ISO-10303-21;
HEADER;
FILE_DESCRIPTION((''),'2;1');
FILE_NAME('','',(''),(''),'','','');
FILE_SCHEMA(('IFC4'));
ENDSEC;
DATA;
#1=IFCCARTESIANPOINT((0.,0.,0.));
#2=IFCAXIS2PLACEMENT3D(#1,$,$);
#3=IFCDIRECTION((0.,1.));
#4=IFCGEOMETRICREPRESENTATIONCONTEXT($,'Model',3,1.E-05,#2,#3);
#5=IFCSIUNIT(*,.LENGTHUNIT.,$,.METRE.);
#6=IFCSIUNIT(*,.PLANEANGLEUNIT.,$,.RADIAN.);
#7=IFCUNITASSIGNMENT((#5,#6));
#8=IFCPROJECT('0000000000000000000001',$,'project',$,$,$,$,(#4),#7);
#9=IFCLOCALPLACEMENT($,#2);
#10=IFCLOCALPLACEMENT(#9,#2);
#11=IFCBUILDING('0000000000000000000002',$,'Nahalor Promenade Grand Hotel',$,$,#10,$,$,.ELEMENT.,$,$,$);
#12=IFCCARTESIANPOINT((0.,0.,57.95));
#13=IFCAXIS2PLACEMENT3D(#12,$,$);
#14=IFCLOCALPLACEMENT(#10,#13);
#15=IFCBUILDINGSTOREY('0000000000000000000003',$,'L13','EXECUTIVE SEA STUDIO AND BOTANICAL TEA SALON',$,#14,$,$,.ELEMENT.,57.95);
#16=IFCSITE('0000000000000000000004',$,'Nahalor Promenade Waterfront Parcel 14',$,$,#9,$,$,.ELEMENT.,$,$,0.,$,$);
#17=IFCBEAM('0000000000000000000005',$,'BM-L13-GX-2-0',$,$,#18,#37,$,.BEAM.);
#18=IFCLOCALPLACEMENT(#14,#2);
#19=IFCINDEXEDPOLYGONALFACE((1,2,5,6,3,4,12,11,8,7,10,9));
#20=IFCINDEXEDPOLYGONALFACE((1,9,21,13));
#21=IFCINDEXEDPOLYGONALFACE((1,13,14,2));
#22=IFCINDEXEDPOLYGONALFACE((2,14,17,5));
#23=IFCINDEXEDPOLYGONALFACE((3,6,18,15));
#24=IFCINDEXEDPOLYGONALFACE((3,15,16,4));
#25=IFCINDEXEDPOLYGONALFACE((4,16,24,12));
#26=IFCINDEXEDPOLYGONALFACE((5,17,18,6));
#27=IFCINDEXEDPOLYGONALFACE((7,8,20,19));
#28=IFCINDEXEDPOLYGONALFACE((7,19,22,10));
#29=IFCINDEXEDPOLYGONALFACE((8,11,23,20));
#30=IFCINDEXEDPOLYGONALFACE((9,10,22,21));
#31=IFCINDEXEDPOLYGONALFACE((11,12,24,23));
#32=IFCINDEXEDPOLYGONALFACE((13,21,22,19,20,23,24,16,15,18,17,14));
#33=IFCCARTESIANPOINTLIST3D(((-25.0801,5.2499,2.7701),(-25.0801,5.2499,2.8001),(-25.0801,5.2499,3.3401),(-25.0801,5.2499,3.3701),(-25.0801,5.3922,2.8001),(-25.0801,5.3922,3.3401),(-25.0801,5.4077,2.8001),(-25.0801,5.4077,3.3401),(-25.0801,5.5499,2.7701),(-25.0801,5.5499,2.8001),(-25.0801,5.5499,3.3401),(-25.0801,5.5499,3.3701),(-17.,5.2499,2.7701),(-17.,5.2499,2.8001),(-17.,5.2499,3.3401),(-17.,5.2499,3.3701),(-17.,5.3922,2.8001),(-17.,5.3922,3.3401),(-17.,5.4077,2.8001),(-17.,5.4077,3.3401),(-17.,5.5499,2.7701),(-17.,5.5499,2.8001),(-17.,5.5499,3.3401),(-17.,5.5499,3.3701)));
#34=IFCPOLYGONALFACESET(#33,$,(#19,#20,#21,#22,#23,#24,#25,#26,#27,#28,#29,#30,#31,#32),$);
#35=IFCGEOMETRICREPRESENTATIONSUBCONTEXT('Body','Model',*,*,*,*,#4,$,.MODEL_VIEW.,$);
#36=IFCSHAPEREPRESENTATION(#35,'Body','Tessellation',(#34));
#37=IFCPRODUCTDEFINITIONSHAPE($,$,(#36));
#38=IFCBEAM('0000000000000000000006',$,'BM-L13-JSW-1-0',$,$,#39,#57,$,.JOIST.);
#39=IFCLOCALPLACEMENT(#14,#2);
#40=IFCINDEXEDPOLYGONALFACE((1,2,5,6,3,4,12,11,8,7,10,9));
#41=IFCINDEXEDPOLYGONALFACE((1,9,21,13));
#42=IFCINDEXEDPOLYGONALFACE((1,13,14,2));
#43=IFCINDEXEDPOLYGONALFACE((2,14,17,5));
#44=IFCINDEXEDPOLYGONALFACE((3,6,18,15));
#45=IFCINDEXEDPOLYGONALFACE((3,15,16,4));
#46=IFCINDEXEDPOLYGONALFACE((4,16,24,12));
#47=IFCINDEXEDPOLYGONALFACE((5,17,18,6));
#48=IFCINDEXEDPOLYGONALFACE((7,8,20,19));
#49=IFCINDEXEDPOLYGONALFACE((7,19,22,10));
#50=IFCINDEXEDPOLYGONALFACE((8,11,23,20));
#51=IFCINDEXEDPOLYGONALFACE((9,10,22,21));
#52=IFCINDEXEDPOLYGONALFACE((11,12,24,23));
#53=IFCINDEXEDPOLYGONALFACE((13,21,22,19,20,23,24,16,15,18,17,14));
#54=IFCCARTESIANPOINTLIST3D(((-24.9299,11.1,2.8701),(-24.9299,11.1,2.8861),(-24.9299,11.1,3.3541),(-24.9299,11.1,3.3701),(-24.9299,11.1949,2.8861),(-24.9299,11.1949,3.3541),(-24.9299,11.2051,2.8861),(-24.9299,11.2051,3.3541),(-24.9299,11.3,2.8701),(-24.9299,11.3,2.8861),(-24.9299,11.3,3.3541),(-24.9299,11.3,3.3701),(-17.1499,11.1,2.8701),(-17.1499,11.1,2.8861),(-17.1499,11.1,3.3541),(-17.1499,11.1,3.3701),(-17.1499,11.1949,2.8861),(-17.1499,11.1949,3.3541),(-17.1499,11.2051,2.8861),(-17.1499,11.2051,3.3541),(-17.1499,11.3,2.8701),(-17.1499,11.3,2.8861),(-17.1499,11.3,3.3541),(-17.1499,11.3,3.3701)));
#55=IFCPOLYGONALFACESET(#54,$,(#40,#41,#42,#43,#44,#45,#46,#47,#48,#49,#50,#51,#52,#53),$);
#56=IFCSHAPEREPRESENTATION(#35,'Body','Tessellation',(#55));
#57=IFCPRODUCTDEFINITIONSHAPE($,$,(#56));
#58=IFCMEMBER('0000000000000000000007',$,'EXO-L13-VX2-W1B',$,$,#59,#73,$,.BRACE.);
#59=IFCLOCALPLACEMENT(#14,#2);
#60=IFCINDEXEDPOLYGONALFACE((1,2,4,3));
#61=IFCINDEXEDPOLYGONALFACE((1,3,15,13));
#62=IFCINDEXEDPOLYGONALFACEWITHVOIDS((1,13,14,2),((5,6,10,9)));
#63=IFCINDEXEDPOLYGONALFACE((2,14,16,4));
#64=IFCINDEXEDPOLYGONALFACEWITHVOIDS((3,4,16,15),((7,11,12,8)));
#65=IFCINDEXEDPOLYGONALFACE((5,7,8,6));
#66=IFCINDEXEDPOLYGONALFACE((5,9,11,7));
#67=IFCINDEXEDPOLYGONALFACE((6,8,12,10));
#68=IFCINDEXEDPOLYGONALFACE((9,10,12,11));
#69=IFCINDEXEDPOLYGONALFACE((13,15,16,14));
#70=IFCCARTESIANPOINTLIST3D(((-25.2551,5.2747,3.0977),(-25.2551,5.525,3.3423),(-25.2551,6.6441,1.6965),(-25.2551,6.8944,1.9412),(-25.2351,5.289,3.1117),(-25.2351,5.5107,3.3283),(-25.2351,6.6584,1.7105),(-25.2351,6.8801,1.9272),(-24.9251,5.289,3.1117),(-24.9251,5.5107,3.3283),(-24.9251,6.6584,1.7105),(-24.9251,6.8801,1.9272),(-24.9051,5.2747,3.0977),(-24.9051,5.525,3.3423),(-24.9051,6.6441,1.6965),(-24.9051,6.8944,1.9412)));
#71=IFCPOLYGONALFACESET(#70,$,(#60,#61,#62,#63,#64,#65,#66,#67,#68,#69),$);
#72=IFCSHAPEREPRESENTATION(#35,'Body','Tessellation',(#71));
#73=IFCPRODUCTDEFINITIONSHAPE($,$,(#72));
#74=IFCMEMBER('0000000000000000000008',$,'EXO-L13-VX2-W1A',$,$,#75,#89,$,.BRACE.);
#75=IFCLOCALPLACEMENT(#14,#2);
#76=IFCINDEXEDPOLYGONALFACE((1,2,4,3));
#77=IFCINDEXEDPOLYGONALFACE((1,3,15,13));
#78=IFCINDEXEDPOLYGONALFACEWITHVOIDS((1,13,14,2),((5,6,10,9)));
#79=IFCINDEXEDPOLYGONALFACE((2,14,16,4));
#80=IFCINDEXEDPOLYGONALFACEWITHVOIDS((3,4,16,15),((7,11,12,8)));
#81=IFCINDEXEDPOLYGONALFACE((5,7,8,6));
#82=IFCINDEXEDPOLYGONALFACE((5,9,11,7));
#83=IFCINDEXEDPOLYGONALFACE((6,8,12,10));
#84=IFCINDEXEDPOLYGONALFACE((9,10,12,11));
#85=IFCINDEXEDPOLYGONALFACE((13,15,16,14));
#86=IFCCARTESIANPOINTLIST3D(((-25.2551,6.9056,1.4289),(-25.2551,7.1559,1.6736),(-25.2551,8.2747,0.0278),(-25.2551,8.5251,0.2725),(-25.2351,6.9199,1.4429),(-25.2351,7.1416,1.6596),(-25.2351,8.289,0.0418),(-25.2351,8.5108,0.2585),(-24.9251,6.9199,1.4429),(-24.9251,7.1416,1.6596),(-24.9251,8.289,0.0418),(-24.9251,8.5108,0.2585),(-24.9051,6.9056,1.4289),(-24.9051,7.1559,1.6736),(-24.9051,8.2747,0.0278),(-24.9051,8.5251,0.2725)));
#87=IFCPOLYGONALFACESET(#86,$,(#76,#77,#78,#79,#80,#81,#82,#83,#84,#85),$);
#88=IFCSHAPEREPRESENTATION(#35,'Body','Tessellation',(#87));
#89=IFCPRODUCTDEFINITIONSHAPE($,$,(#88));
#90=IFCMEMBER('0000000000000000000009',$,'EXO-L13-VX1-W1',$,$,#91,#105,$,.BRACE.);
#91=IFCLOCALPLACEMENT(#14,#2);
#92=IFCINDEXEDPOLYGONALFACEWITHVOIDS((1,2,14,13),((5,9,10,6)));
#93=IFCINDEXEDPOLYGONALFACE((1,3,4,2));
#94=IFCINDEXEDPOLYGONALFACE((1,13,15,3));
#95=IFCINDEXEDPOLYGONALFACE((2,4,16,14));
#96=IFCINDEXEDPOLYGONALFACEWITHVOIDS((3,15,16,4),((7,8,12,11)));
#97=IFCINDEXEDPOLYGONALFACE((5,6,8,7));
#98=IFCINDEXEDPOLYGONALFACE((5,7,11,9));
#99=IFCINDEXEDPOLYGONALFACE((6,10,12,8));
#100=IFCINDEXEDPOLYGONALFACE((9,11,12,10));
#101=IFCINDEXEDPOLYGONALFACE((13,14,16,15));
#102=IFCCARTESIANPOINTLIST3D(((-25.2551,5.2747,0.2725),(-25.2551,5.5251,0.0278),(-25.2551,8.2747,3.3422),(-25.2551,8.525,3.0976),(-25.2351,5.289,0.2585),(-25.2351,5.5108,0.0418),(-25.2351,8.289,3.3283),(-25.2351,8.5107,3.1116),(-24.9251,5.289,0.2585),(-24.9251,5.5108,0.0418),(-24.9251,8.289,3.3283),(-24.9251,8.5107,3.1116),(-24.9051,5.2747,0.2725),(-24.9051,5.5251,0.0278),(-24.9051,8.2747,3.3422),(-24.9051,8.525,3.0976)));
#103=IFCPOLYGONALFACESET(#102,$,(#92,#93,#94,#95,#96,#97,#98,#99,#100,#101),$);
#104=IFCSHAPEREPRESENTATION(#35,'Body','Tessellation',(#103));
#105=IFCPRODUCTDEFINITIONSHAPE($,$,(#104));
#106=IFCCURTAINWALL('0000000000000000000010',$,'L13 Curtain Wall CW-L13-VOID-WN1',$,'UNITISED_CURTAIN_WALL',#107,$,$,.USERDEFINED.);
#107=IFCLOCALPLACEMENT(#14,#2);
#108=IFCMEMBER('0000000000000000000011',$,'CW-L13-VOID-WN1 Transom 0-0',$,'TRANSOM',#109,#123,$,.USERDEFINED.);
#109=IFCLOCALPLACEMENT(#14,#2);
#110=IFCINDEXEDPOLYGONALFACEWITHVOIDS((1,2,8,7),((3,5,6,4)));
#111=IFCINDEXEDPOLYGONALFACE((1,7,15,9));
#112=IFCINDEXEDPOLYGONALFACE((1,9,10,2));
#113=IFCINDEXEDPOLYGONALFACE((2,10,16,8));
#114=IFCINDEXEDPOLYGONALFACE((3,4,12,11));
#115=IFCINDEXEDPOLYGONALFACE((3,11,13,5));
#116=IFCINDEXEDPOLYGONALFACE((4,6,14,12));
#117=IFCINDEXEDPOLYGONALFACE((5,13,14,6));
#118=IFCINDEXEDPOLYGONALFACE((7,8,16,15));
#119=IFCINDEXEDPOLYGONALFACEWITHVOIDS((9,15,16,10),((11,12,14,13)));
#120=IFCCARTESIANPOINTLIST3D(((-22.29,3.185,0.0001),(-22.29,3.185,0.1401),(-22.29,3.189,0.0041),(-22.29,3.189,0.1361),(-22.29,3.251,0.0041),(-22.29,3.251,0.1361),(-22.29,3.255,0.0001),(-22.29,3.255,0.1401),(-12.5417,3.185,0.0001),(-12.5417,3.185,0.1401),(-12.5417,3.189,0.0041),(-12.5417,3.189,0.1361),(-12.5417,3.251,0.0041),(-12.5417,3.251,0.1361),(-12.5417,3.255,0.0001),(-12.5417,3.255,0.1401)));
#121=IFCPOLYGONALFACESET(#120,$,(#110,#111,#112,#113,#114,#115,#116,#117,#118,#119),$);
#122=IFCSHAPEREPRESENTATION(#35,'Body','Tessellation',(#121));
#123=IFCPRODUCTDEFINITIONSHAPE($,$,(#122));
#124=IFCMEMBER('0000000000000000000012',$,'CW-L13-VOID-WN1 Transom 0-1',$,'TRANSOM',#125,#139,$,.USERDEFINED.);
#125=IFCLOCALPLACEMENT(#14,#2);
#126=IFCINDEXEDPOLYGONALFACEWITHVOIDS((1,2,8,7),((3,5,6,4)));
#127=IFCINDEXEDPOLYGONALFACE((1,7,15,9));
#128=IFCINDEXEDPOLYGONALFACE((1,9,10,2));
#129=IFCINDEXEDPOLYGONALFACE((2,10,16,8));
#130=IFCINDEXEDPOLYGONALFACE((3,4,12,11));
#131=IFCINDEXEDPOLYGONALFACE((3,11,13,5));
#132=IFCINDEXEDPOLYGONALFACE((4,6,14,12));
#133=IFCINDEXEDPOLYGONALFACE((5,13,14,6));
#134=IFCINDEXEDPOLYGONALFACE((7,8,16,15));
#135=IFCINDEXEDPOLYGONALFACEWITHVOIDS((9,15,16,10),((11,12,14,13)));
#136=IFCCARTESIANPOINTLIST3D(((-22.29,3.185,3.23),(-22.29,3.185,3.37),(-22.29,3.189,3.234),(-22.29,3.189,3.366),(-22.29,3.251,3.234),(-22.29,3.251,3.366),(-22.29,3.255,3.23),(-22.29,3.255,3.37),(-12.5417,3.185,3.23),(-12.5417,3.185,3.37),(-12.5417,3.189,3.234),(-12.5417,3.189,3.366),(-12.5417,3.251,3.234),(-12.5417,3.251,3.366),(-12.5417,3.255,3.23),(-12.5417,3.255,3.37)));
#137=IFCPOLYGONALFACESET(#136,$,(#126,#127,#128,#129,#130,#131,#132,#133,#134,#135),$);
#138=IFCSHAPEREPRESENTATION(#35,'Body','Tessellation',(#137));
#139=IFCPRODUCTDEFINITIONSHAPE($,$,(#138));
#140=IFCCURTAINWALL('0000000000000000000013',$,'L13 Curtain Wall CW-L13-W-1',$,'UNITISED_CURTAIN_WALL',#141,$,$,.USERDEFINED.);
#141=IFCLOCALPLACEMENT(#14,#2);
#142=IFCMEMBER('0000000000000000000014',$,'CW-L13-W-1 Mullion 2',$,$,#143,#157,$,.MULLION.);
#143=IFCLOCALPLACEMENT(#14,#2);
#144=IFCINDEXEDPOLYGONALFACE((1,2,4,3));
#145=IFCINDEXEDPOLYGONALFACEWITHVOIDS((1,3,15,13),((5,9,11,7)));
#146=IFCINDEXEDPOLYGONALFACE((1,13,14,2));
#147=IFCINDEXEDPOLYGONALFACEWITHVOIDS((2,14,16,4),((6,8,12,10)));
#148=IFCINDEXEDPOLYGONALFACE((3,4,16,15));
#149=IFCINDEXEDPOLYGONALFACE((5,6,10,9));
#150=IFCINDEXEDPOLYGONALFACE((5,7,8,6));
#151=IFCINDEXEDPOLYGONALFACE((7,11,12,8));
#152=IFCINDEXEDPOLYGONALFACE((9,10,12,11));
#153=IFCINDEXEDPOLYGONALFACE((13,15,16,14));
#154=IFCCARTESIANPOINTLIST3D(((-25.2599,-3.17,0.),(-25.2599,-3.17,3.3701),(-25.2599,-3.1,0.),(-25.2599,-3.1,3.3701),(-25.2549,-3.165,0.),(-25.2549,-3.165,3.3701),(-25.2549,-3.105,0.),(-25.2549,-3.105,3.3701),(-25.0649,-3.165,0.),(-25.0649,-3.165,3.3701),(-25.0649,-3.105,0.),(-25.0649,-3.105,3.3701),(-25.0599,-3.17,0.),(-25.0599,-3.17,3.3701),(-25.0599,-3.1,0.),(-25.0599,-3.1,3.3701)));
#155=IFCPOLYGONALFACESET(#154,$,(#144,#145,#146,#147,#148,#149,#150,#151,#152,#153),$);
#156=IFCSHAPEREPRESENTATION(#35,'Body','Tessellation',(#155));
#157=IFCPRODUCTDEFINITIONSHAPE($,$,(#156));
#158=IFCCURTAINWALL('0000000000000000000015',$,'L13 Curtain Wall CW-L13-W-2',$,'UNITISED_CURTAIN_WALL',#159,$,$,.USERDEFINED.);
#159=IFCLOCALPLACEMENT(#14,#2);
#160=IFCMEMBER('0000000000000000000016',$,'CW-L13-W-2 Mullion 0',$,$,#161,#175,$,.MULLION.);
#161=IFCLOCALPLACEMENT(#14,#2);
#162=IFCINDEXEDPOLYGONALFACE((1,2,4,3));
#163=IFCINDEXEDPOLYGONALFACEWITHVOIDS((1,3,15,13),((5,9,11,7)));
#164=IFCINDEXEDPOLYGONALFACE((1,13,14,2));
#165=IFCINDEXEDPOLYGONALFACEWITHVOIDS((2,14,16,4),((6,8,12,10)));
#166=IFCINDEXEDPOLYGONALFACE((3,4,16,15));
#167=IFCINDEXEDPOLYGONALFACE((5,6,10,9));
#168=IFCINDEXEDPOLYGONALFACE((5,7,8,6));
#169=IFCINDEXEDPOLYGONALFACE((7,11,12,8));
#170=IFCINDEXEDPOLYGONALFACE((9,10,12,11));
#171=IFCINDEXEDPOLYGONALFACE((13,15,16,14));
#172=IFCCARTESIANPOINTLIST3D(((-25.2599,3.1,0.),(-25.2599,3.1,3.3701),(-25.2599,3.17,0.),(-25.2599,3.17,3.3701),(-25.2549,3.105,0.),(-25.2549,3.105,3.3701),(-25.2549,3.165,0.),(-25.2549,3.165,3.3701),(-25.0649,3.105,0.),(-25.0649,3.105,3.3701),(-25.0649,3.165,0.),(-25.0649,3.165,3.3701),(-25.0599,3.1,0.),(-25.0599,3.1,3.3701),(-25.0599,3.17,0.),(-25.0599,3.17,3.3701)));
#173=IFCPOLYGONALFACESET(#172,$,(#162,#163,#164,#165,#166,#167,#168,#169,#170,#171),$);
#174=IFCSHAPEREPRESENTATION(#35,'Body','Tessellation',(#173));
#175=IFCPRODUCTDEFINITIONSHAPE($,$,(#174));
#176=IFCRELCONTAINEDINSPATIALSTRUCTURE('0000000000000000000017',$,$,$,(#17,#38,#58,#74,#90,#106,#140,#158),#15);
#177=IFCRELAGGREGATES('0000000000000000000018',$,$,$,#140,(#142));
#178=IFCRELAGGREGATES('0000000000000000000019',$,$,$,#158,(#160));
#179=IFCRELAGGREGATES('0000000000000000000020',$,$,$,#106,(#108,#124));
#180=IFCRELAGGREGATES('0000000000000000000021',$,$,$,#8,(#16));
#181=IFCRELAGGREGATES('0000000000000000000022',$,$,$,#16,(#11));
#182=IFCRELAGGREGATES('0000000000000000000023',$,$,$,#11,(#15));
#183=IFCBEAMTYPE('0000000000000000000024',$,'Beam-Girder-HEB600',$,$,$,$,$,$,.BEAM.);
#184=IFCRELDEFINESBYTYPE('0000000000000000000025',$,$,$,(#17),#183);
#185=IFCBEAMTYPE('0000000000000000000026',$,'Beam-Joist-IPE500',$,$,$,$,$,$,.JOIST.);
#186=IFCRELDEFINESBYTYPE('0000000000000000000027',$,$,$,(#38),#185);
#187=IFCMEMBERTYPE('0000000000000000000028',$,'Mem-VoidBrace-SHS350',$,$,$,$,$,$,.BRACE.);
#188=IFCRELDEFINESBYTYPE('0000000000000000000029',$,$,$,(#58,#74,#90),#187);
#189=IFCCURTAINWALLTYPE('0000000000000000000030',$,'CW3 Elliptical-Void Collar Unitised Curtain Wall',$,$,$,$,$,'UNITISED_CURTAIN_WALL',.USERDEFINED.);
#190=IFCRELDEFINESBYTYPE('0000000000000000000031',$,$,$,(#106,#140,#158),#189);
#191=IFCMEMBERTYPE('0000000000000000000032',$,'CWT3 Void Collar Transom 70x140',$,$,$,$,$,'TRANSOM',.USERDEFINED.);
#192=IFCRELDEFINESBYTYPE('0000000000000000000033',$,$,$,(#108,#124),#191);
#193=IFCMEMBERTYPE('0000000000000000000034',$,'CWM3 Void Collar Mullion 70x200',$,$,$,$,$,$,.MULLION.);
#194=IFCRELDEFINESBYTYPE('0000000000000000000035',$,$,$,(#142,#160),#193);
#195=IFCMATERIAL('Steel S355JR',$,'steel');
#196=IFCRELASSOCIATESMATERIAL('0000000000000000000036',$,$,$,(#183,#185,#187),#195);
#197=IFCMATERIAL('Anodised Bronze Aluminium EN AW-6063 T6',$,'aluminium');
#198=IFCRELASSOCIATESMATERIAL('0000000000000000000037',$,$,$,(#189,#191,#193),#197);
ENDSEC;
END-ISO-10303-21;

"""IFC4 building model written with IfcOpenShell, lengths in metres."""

from ifc_helpers import new_model, si_unit, direction, frame, origin, origin_2d, place, context, subcontext, project, spatial, hollow_rectangle, i_section, extrude, source, transform, mapped, material, material_profile, profile_set, type_object, element, aggregate, save


model = new_model("IFC4")

# Units and contexts
model_context = context("Model", 3, precision=1e-05, world=origin(), true_north=direction((0.0, 1.0)))
body_context = subcontext(model_context, "Body", "Model", "MODEL_VIEW")
ifc_project = project(units=[si_unit("LENGTHUNIT", "METRE"), si_unit("PLANEANGLEUNIT", "RADIAN")], contexts=[model_context])

# Site, building, storey
site_placement = place(None, origin())
site = spatial("IfcSite", under=ifc_project, at=site_placement, Name="Nahalor Promenade Waterfront Parcel 14", CompositionType="ELEMENT", RefElevation=0.0)
building_placement = place(site_placement, origin())
building = spatial("IfcBuilding", under=site, at=building_placement, Name="Nahalor Promenade Grand Hotel", CompositionType="ELEMENT")
storey_placement = place(building_placement, frame((0.0, 0.0, 57.95)))
storey = spatial("IfcBuildingStorey", under=building, at=storey_placement, Name="L13", Description="EXECUTIVE SEA STUDIO AND BOTANICAL TEA SALON", CompositionType="ELEMENT", Elevation=57.95)

# Beams
ifc_material_1 = material(Name="Steel S355JR", Category="steel")
ifc_material_profile_1 = material_profile(ifc_material_1, i_section(OverallWidth=0.3, OverallDepth=0.6, WebThickness=0.0155, FlangeThickness=0.03, at=origin_2d()), Name="HEB 600")
ifc_profile_set_1 = profile_set([ifc_material_profile_1], Name="Steel S355JR")
beam_type_1 = type_object("IfcBeamType", Name="Beam-Girder-HEB600", PredefinedType="BEAM", material=ifc_profile_set_1)
ifc_material_profile_2 = material_profile(ifc_material_1, i_section(OverallWidth=0.2, OverallDepth=0.5, WebThickness=0.0102, FlangeThickness=0.016, at=origin_2d()), Name="IPE 500")
ifc_profile_set_2 = profile_set([ifc_material_profile_2], Name="Steel S355JR")
beam_type_2 = type_object("IfcBeamType", Name="Beam-Joist-IPE500", PredefinedType="JOIST", material=ifc_profile_set_2)
shared_shape_1 = source(origin(), body_context, "Body", "SweptSolid", [
    extrude(i_section(OverallWidth=0.3, OverallDepth=0.6, WebThickness=0.0155, FlangeThickness=0.03, at=origin_2d()), origin(), (0.0, 0.0, 1.0), 8.0801),
])
beam_1_placement = place(storey_placement, frame((-25.0801, 5.3999, 3.0701), z_axis=(1.0, 0.0, 0.0), x_axis=(0.0, 1.0, 0.0)))
element("IfcBeam", 1, at=beam_1_placement, inside=storey, type_object=beam_type_1, Name="BM-L13-GX-2-0", PredefinedType="BEAM", context=body_context, shape_type="MappedRepresentation", body=[
    mapped(shared_shape_1, transform((0.0, 0.0, 0.0), scale=1.0)),
])
shared_shape_2 = source(origin(), body_context, "Body", "SweptSolid", [
    extrude(i_section(OverallWidth=0.2, OverallDepth=0.5, WebThickness=0.0102, FlangeThickness=0.016, at=origin_2d()), origin(), (0.0, 0.0, 1.0), 7.78),
])
beam_2_placement = place(storey_placement, frame((-24.9299, 11.2, 3.1201), z_axis=(1.0, 0.0, 0.0), x_axis=(0.0, 1.0, 0.0)))
element("IfcBeam", 2, at=beam_2_placement, inside=storey, type_object=beam_type_2, Name="BM-L13-JSW-1-0", PredefinedType="JOIST", context=body_context, shape_type="MappedRepresentation", body=[
    mapped(shared_shape_2, transform((0.0, 0.0, 0.0), scale=1.0)),
])

# Members
ifc_material_profile_3 = material_profile(ifc_material_1, hollow_rectangle(XDim=0.35, YDim=0.35, WallThickness=0.02, at=origin_2d()), Name="SHS 350x350x20")
ifc_profile_set_3 = profile_set([ifc_material_profile_3], Name="Steel S355JR")
member_type_1 = type_object("IfcMemberType", Name="Mem-VoidBrace-SHS350", PredefinedType="BRACE", material=ifc_profile_set_3)
shared_shape_3 = source(origin(), body_context, "Body", "SweptSolid", [
    extrude(hollow_rectangle(XDim=0.35, YDim=0.35, WallThickness=0.02, at=origin_2d()), origin(), (0.0, 0.0, 1.0), 1.9592),
])
member_1_placement = place(storey_placement, frame((-25.0801, 6.7693, 1.8188), z_axis=(0.0, -0.69896, 0.71516), x_axis=(1.0, 0.0, 0.0)))
element("IfcMember", 3, at=member_1_placement, inside=storey, type_object=member_type_1, Name="EXO-L13-VX2-W1B", PredefinedType="BRACE", context=body_context, shape_type="MappedRepresentation", body=[
    mapped(shared_shape_3, transform((0.0, 0.0, 0.0), scale=1.0)),
])
shared_shape_4 = source(origin(), body_context, "Body", "SweptSolid", [
    extrude(hollow_rectangle(XDim=0.35, YDim=0.35, WallThickness=0.02, at=origin_2d()), origin(), (0.0, 0.0, 1.0), 1.959),
])
member_2_placement = place(storey_placement, frame((-25.0801, 8.3999, 0.1501), z_axis=(0.0, -0.698897, 0.715223), x_axis=(1.0, 0.0, 0.0)))
element("IfcMember", 4, at=member_2_placement, inside=storey, type_object=member_type_1, Name="EXO-L13-VX2-W1A", PredefinedType="BRACE", context=body_context, shape_type="MappedRepresentation", body=[
    mapped(shared_shape_4, transform((0.0, 0.0, 0.0), scale=1.0)),
])
shared_shape_5 = source(origin(), body_context, "Body", "SweptSolid", [
    extrude(hollow_rectangle(XDim=0.35, YDim=0.35, WallThickness=0.02, at=origin_2d()), origin(), (0.0, 0.0, 1.0), 4.2922),
])
member_3_placement = place(storey_placement, frame((-25.0801, 5.3999, 0.1501), z_axis=(0.0, 0.698926, 0.715194), x_axis=(-1.0, 0.0, 0.0)))
element("IfcMember", 5, at=member_3_placement, inside=storey, type_object=member_type_1, Name="EXO-L13-VX1-W1", PredefinedType="BRACE", context=body_context, shape_type="MappedRepresentation", body=[
    mapped(shared_shape_5, transform((0.0, 0.0, 0.0), scale=1.0)),
])

# Curtain wall, members
ifc_material_2 = material(Name="Anodised Bronze Aluminium EN AW-6063 T6", Category="aluminium")
curtain_wall_type = type_object("IfcCurtainWallType", Name="CW3 Elliptical-Void Collar Unitised Curtain Wall", ElementType="UNITISED_CURTAIN_WALL", PredefinedType="USERDEFINED", material=ifc_material_2)
curtain_wall_1_placement = place(storey_placement, origin())
curtain_wall_1 = element("IfcCurtainWall", 6, at=curtain_wall_1_placement, inside=storey, type_object=curtain_wall_type, Name="L13 Curtain Wall CW-L13-VOID-WN1", ObjectType="UNITISED_CURTAIN_WALL", PredefinedType="USERDEFINED")
ifc_material_profile_4 = material_profile(ifc_material_2, hollow_rectangle(XDim=0.07, YDim=0.14, WallThickness=0.004, at=origin_2d()), Name="CWT 70x140x4")
ifc_profile_set_4 = profile_set([ifc_material_profile_4], Name="Anodised Bronze Aluminium EN AW-6063 T6")
member_type_2 = type_object("IfcMemberType", Name="CWT3 Void Collar Transom 70x140", ElementType="TRANSOM", PredefinedType="USERDEFINED", material=ifc_profile_set_4)
shared_shape_6 = source(origin(), body_context, "Body", "SweptSolid", [
    extrude(hollow_rectangle(XDim=0.07, YDim=0.14, WallThickness=0.004, at=origin_2d()), origin(), (0.0, 0.0, 1.0), 9.7483),
])
member_4_placement = place(storey_placement, frame((-22.29, 3.22, 0.0701), z_axis=(1.0, 0.0, 0.0), x_axis=(0.0, 1.0, 0.0)))
member_4 = element("IfcMember", 7, at=member_4_placement, type_object=member_type_2, Name="CW-L13-VOID-WN1 Transom 0-0", ObjectType="TRANSOM", PredefinedType="USERDEFINED", context=body_context, shape_type="MappedRepresentation", body=[
    mapped(shared_shape_6, transform((0.0, 0.0, 0.0), scale=1.0)),
])
member_5_placement = place(storey_placement, frame((-22.29, 3.22, 3.3), z_axis=(1.0, 0.0, 0.0), x_axis=(0.0, 1.0, 0.0)))
member_5 = element("IfcMember", 8, at=member_5_placement, type_object=member_type_2, Name="CW-L13-VOID-WN1 Transom 0-1", ObjectType="TRANSOM", PredefinedType="USERDEFINED", context=body_context, shape_type="MappedRepresentation", body=[
    mapped(shared_shape_6, transform((0.0, 0.0, 0.0), scale=1.0)),
])

# Curtain wall, member
curtain_wall_2_placement = place(storey_placement, origin())
curtain_wall_2 = element("IfcCurtainWall", 9, at=curtain_wall_2_placement, inside=storey, type_object=curtain_wall_type, Name="L13 Curtain Wall CW-L13-W-1", ObjectType="UNITISED_CURTAIN_WALL", PredefinedType="USERDEFINED")
ifc_material_profile_5 = material_profile(ifc_material_2, hollow_rectangle(XDim=0.07, YDim=0.2, WallThickness=0.005, at=origin_2d()), Name="CWM 70x200x5")
ifc_profile_set_5 = profile_set([ifc_material_profile_5], Name="Anodised Bronze Aluminium EN AW-6063 T6")
member_type_3 = type_object("IfcMemberType", Name="CWM3 Void Collar Mullion 70x200", PredefinedType="MULLION", material=ifc_profile_set_5)
shared_shape_7 = source(origin(), body_context, "Body", "SweptSolid", [
    extrude(hollow_rectangle(XDim=0.07, YDim=0.2, WallThickness=0.005, at=origin_2d()), origin(), (0.0, 0.0, 1.0), 3.3701),
])
member_6_placement = place(storey_placement, frame((-25.1599, -3.135, 0.0), z_axis=(0.0, 0.0, 1.0), x_axis=(0.0, 1.0, 0.0)))
member_6 = element("IfcMember", 10, at=member_6_placement, type_object=member_type_3, Name="CW-L13-W-1 Mullion 2", PredefinedType="MULLION", context=body_context, shape_type="MappedRepresentation", body=[
    mapped(shared_shape_7, transform((0.0, 0.0, 0.0), scale=1.0)),
])
aggregate(curtain_wall_2, [member_6])

# Curtain wall, member
curtain_wall_3_placement = place(storey_placement, origin())
curtain_wall_3 = element("IfcCurtainWall", 11, at=curtain_wall_3_placement, inside=storey, type_object=curtain_wall_type, Name="L13 Curtain Wall CW-L13-W-2", ObjectType="UNITISED_CURTAIN_WALL", PredefinedType="USERDEFINED")
member_7_placement = place(storey_placement, frame((-25.1599, 3.135, 0.0), z_axis=(0.0, 0.0, 1.0), x_axis=(0.0, 1.0, 0.0)))
member_7 = element("IfcMember", 12, at=member_7_placement, type_object=member_type_3, Name="CW-L13-W-2 Mullion 0", PredefinedType="MULLION", context=body_context, shape_type="MappedRepresentation", body=[
    mapped(shared_shape_7, transform((0.0, 0.0, 0.0), scale=1.0)),
])

aggregate(curtain_wall_3, [member_7])
aggregate(curtain_wall_1, [member_4, member_5])

save(model, "model.ifc")
